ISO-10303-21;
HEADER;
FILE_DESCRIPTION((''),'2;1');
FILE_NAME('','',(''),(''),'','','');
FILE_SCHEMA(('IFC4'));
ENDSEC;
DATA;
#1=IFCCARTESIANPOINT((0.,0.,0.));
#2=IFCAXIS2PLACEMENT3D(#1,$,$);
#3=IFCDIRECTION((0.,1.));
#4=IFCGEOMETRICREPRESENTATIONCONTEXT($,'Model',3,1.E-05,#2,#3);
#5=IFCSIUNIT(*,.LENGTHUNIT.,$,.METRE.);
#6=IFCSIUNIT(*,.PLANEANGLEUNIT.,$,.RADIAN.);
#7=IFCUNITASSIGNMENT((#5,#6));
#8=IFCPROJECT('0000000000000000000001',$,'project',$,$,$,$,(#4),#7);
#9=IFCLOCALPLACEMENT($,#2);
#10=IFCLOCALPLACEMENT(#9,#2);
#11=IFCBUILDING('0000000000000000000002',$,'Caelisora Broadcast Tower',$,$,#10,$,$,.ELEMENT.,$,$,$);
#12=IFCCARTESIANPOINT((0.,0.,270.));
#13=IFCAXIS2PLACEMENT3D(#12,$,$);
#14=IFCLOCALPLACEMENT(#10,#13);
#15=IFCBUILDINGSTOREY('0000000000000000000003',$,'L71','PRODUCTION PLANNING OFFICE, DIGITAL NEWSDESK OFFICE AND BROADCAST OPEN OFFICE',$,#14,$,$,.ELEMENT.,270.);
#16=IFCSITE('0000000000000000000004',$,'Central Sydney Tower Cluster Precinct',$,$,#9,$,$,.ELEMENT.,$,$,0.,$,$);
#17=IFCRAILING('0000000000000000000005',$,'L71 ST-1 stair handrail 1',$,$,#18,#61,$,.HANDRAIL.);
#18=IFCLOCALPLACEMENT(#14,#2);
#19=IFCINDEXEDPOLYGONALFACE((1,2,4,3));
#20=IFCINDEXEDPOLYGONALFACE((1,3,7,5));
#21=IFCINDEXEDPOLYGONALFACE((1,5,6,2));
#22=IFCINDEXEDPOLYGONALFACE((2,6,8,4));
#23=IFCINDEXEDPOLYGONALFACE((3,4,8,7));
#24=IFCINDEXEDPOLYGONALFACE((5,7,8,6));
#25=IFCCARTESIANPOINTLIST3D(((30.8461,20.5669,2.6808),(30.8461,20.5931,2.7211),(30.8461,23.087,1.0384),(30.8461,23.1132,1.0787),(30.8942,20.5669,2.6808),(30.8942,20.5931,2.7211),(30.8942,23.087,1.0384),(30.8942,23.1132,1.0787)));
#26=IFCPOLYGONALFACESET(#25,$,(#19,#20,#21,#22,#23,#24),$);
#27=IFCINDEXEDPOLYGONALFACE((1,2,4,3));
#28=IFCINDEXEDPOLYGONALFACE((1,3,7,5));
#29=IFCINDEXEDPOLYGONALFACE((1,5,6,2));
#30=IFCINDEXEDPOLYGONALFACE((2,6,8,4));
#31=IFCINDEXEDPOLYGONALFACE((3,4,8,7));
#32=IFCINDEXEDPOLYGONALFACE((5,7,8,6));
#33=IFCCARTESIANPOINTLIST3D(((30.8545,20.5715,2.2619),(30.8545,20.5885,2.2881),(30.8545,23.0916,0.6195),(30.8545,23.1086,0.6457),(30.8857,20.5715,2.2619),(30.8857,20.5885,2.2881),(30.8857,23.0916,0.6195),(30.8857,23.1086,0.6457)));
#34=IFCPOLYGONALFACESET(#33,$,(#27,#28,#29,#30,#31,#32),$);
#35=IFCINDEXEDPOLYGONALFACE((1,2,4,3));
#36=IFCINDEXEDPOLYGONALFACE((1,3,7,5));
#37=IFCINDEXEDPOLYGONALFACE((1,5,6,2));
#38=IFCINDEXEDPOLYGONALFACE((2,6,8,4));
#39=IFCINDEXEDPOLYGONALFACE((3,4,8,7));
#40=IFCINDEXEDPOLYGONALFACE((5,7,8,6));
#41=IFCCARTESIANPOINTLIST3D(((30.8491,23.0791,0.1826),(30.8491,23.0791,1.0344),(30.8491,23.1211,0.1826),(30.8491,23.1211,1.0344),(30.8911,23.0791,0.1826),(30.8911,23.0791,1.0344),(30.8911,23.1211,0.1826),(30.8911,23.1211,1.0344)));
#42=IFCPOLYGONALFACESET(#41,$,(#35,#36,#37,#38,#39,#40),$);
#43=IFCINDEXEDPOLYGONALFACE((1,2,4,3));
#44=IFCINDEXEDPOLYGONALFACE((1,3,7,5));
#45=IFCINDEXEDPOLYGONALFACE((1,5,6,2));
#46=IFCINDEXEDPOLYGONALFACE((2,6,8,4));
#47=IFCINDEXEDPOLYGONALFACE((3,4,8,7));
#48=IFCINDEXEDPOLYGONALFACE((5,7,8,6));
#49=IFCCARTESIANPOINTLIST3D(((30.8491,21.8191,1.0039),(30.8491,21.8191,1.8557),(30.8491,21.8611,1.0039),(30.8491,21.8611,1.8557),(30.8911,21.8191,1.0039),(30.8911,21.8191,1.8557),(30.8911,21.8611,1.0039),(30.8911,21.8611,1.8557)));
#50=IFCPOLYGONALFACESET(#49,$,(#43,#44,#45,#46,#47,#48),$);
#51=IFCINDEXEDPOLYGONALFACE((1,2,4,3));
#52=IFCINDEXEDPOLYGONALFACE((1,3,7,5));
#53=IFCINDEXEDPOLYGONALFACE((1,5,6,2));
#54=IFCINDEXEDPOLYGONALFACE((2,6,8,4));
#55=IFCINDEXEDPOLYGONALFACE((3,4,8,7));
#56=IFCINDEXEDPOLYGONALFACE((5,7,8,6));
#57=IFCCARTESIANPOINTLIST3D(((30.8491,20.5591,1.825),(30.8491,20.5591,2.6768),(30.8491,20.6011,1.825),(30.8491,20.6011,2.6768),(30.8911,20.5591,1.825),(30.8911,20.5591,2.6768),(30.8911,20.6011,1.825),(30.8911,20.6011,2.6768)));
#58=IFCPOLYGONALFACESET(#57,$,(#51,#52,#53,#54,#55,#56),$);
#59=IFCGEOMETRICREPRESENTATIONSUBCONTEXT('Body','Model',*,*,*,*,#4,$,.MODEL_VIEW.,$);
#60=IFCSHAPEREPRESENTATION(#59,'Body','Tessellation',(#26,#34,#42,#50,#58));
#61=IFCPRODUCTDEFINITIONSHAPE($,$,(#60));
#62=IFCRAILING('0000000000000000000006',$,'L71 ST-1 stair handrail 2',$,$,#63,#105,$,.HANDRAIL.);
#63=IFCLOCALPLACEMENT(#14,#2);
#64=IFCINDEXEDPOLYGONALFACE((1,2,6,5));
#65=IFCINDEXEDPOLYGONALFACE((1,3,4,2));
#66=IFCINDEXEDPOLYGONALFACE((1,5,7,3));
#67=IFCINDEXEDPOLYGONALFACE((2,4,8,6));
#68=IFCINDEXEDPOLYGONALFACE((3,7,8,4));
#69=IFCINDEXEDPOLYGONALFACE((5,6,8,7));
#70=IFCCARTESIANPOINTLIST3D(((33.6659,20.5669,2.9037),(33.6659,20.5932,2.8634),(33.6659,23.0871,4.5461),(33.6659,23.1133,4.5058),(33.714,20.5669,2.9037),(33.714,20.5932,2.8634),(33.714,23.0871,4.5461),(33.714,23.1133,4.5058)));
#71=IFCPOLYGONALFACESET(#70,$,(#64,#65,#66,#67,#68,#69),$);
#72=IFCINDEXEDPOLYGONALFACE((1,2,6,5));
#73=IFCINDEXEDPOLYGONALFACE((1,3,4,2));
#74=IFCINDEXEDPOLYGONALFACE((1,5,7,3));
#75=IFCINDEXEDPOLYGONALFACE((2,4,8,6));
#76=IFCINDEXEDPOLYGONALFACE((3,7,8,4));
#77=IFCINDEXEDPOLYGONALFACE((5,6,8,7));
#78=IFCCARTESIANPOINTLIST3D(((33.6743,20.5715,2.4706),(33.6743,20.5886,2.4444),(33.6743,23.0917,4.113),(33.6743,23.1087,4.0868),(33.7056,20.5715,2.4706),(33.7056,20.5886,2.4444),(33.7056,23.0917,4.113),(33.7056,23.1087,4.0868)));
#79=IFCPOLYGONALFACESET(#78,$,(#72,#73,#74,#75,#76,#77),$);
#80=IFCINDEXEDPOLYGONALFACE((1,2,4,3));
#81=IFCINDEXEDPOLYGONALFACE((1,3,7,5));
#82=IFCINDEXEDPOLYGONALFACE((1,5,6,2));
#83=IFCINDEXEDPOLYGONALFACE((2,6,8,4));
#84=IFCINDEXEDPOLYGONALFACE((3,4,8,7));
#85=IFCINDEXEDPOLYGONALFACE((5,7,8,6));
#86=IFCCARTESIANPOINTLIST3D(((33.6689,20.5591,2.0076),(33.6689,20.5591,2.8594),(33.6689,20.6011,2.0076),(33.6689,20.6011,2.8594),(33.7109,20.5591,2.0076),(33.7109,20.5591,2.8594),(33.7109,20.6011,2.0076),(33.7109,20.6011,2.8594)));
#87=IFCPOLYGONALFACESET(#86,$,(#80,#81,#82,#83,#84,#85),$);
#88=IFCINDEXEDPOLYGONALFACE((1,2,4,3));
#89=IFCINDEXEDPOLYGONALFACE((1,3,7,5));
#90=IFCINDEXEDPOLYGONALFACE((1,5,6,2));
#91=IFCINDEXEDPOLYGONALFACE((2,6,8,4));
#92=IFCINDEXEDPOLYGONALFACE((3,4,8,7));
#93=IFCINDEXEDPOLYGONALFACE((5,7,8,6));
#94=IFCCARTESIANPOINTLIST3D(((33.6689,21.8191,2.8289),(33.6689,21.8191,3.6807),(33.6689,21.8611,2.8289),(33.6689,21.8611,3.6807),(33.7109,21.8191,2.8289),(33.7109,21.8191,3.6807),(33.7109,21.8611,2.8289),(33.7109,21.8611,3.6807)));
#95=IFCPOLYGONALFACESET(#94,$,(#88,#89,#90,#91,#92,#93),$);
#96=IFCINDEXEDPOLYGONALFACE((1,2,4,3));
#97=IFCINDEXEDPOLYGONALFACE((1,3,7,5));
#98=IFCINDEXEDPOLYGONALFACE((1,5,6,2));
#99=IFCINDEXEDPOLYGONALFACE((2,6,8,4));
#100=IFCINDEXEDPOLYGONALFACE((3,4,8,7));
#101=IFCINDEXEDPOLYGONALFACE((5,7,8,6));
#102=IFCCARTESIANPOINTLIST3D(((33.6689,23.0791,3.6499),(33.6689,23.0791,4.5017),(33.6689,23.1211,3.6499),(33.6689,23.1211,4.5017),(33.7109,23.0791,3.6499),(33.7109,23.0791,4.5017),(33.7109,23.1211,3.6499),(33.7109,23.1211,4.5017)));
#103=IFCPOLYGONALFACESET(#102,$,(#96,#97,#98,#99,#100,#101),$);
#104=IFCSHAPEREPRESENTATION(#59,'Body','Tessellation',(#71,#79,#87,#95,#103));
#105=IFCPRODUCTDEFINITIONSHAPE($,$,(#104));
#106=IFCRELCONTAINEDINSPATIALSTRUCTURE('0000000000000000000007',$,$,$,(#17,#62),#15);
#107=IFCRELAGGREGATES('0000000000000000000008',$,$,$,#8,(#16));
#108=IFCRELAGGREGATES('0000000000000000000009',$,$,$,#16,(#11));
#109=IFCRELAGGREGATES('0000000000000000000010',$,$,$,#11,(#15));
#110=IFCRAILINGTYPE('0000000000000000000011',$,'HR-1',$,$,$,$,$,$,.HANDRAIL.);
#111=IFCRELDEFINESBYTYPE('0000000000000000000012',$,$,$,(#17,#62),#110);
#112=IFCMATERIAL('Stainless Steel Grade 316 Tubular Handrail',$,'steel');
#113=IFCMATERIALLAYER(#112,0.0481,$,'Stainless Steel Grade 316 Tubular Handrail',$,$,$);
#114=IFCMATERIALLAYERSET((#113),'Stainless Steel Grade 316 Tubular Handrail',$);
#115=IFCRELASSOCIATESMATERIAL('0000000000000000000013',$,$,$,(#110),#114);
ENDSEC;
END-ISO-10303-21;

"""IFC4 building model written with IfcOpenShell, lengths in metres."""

from ifc_helpers import new_model, si_unit, direction, frame, origin, origin_2d, place, context, subcontext, project, spatial, rectangle, extrude, material, layer, layer_set, type_object, element, save


model = new_model("IFC4")

# Units and contexts
model_context = context("Model", 3, precision=1e-05, world=origin(), true_north=direction((0.0, 1.0)))
body_context = subcontext(model_context, "Body", "Model", "MODEL_VIEW")
ifc_project = project(units=[si_unit("LENGTHUNIT", "METRE"), si_unit("PLANEANGLEUNIT", "RADIAN")], contexts=[model_context])

# Site, building, storey
site_placement = place(None, origin())
site = spatial("IfcSite", under=ifc_project, at=site_placement, Name="Central Sydney Tower Cluster Precinct", CompositionType="ELEMENT", RefElevation=0.0)
building_placement = place(site_placement, origin())
building = spatial("IfcBuilding", under=site, at=building_placement, Name="Caelisora Broadcast Tower", CompositionType="ELEMENT")
storey_placement = place(building_placement, frame((0.0, 0.0, 270.0)))
storey = spatial("IfcBuildingStorey", under=building, at=storey_placement, Name="L71", Description="PRODUCTION PLANNING OFFICE, DIGITAL NEWSDESK OFFICE AND BROADCAST OPEN OFFICE", CompositionType="ELEMENT", Elevation=270.0)

# Railings
ifc_material_1 = material(Name="Stainless Steel Grade 316 Tubular Handrail", Category="steel")
ifc_layer_1 = layer(ifc_material_1, 0.0481, Name="Stainless Steel Grade 316 Tubular Handrail")
ifc_layer_set_1 = layer_set([ifc_layer_1], Name="Stainless Steel Grade 316 Tubular Handrail")
railing_type_1 = type_object("IfcRailingType", Name="HR-1", PredefinedType="HANDRAIL", material=ifc_layer_set_1)
railing_1_placement = place(storey_placement, frame((30.8701, 23.1001, 0.1826)))
element("IfcRailing", 1, at=railing_1_placement, inside=storey, type_object=railing_type_1, Name="L71 ST-1 stair handrail 1", PredefinedType="HANDRAIL", context=body_context, shape_type="SweptSolid", body=[
    extrude(rectangle(XDim=0.0481, YDim=0.0481, at=origin_2d()), frame((0.0, 0.0, 0.876), z_axis=(0.0, -0.837787, 0.545998), x_axis=(1.0, 0.0, 0.0)), (0.0, 0.0, 1.0), 3.0081),
    extrude(rectangle(XDim=0.0312, YDim=0.0312, at=origin_2d()), frame((0.0, 0.0, 0.45), z_axis=(0.0, -0.837787, 0.545998), x_axis=(1.0, 0.0, 0.0)), (0.0, 0.0, 1.0), 3.0081),
    extrude(rectangle(XDim=0.042, YDim=0.042, at=origin_2d()), origin(), (0.0, 0.0, 1.0), 0.8518),
    extrude(rectangle(XDim=0.042, YDim=0.042, at=origin_2d()), frame((0.0, -1.26, 0.8213)), (0.0, 0.0, 1.0), 0.8518),
    extrude(rectangle(XDim=0.042, YDim=0.042, at=origin_2d()), frame((0.0, -2.52, 1.6423)), (0.0, 0.0, 1.0), 0.8518),
])
railing_2_placement = place(storey_placement, frame((33.6899, 20.5801, 2.0076)))
element("IfcRailing", 2, at=railing_2_placement, inside=storey, type_object=railing_type_1, Name="L71 ST-1 stair handrail 2", PredefinedType="HANDRAIL", context=body_context, shape_type="SweptSolid", body=[
    extrude(rectangle(XDim=0.0481, YDim=0.0481, at=origin_2d()), frame((0.0, 0.0, 0.876), z_axis=(0.0, 0.837787, 0.545998), x_axis=(-1.0, 0.0, 0.0)), (0.0, 0.0, 1.0), 3.0081),
    extrude(rectangle(XDim=0.0312, YDim=0.0312, at=origin_2d()), frame((0.0, 0.0, 0.45), z_axis=(0.0, 0.837787, 0.545998), x_axis=(-1.0, 0.0, 0.0)), (0.0, 0.0, 1.0), 3.0081),
    extrude(rectangle(XDim=0.042, YDim=0.042, at=origin_2d()), origin(), (0.0, 0.0, 1.0), 0.8518),
    extrude(rectangle(XDim=0.042, YDim=0.042, at=origin_2d()), frame((0.0, 1.26, 0.8213)), (0.0, 0.0, 1.0), 0.8518),
    extrude(rectangle(XDim=0.042, YDim=0.042, at=origin_2d()), frame((0.0, 2.52, 1.6423)), (0.0, 0.0, 1.0), 0.8518),
])

save(model, "model.ifc")
